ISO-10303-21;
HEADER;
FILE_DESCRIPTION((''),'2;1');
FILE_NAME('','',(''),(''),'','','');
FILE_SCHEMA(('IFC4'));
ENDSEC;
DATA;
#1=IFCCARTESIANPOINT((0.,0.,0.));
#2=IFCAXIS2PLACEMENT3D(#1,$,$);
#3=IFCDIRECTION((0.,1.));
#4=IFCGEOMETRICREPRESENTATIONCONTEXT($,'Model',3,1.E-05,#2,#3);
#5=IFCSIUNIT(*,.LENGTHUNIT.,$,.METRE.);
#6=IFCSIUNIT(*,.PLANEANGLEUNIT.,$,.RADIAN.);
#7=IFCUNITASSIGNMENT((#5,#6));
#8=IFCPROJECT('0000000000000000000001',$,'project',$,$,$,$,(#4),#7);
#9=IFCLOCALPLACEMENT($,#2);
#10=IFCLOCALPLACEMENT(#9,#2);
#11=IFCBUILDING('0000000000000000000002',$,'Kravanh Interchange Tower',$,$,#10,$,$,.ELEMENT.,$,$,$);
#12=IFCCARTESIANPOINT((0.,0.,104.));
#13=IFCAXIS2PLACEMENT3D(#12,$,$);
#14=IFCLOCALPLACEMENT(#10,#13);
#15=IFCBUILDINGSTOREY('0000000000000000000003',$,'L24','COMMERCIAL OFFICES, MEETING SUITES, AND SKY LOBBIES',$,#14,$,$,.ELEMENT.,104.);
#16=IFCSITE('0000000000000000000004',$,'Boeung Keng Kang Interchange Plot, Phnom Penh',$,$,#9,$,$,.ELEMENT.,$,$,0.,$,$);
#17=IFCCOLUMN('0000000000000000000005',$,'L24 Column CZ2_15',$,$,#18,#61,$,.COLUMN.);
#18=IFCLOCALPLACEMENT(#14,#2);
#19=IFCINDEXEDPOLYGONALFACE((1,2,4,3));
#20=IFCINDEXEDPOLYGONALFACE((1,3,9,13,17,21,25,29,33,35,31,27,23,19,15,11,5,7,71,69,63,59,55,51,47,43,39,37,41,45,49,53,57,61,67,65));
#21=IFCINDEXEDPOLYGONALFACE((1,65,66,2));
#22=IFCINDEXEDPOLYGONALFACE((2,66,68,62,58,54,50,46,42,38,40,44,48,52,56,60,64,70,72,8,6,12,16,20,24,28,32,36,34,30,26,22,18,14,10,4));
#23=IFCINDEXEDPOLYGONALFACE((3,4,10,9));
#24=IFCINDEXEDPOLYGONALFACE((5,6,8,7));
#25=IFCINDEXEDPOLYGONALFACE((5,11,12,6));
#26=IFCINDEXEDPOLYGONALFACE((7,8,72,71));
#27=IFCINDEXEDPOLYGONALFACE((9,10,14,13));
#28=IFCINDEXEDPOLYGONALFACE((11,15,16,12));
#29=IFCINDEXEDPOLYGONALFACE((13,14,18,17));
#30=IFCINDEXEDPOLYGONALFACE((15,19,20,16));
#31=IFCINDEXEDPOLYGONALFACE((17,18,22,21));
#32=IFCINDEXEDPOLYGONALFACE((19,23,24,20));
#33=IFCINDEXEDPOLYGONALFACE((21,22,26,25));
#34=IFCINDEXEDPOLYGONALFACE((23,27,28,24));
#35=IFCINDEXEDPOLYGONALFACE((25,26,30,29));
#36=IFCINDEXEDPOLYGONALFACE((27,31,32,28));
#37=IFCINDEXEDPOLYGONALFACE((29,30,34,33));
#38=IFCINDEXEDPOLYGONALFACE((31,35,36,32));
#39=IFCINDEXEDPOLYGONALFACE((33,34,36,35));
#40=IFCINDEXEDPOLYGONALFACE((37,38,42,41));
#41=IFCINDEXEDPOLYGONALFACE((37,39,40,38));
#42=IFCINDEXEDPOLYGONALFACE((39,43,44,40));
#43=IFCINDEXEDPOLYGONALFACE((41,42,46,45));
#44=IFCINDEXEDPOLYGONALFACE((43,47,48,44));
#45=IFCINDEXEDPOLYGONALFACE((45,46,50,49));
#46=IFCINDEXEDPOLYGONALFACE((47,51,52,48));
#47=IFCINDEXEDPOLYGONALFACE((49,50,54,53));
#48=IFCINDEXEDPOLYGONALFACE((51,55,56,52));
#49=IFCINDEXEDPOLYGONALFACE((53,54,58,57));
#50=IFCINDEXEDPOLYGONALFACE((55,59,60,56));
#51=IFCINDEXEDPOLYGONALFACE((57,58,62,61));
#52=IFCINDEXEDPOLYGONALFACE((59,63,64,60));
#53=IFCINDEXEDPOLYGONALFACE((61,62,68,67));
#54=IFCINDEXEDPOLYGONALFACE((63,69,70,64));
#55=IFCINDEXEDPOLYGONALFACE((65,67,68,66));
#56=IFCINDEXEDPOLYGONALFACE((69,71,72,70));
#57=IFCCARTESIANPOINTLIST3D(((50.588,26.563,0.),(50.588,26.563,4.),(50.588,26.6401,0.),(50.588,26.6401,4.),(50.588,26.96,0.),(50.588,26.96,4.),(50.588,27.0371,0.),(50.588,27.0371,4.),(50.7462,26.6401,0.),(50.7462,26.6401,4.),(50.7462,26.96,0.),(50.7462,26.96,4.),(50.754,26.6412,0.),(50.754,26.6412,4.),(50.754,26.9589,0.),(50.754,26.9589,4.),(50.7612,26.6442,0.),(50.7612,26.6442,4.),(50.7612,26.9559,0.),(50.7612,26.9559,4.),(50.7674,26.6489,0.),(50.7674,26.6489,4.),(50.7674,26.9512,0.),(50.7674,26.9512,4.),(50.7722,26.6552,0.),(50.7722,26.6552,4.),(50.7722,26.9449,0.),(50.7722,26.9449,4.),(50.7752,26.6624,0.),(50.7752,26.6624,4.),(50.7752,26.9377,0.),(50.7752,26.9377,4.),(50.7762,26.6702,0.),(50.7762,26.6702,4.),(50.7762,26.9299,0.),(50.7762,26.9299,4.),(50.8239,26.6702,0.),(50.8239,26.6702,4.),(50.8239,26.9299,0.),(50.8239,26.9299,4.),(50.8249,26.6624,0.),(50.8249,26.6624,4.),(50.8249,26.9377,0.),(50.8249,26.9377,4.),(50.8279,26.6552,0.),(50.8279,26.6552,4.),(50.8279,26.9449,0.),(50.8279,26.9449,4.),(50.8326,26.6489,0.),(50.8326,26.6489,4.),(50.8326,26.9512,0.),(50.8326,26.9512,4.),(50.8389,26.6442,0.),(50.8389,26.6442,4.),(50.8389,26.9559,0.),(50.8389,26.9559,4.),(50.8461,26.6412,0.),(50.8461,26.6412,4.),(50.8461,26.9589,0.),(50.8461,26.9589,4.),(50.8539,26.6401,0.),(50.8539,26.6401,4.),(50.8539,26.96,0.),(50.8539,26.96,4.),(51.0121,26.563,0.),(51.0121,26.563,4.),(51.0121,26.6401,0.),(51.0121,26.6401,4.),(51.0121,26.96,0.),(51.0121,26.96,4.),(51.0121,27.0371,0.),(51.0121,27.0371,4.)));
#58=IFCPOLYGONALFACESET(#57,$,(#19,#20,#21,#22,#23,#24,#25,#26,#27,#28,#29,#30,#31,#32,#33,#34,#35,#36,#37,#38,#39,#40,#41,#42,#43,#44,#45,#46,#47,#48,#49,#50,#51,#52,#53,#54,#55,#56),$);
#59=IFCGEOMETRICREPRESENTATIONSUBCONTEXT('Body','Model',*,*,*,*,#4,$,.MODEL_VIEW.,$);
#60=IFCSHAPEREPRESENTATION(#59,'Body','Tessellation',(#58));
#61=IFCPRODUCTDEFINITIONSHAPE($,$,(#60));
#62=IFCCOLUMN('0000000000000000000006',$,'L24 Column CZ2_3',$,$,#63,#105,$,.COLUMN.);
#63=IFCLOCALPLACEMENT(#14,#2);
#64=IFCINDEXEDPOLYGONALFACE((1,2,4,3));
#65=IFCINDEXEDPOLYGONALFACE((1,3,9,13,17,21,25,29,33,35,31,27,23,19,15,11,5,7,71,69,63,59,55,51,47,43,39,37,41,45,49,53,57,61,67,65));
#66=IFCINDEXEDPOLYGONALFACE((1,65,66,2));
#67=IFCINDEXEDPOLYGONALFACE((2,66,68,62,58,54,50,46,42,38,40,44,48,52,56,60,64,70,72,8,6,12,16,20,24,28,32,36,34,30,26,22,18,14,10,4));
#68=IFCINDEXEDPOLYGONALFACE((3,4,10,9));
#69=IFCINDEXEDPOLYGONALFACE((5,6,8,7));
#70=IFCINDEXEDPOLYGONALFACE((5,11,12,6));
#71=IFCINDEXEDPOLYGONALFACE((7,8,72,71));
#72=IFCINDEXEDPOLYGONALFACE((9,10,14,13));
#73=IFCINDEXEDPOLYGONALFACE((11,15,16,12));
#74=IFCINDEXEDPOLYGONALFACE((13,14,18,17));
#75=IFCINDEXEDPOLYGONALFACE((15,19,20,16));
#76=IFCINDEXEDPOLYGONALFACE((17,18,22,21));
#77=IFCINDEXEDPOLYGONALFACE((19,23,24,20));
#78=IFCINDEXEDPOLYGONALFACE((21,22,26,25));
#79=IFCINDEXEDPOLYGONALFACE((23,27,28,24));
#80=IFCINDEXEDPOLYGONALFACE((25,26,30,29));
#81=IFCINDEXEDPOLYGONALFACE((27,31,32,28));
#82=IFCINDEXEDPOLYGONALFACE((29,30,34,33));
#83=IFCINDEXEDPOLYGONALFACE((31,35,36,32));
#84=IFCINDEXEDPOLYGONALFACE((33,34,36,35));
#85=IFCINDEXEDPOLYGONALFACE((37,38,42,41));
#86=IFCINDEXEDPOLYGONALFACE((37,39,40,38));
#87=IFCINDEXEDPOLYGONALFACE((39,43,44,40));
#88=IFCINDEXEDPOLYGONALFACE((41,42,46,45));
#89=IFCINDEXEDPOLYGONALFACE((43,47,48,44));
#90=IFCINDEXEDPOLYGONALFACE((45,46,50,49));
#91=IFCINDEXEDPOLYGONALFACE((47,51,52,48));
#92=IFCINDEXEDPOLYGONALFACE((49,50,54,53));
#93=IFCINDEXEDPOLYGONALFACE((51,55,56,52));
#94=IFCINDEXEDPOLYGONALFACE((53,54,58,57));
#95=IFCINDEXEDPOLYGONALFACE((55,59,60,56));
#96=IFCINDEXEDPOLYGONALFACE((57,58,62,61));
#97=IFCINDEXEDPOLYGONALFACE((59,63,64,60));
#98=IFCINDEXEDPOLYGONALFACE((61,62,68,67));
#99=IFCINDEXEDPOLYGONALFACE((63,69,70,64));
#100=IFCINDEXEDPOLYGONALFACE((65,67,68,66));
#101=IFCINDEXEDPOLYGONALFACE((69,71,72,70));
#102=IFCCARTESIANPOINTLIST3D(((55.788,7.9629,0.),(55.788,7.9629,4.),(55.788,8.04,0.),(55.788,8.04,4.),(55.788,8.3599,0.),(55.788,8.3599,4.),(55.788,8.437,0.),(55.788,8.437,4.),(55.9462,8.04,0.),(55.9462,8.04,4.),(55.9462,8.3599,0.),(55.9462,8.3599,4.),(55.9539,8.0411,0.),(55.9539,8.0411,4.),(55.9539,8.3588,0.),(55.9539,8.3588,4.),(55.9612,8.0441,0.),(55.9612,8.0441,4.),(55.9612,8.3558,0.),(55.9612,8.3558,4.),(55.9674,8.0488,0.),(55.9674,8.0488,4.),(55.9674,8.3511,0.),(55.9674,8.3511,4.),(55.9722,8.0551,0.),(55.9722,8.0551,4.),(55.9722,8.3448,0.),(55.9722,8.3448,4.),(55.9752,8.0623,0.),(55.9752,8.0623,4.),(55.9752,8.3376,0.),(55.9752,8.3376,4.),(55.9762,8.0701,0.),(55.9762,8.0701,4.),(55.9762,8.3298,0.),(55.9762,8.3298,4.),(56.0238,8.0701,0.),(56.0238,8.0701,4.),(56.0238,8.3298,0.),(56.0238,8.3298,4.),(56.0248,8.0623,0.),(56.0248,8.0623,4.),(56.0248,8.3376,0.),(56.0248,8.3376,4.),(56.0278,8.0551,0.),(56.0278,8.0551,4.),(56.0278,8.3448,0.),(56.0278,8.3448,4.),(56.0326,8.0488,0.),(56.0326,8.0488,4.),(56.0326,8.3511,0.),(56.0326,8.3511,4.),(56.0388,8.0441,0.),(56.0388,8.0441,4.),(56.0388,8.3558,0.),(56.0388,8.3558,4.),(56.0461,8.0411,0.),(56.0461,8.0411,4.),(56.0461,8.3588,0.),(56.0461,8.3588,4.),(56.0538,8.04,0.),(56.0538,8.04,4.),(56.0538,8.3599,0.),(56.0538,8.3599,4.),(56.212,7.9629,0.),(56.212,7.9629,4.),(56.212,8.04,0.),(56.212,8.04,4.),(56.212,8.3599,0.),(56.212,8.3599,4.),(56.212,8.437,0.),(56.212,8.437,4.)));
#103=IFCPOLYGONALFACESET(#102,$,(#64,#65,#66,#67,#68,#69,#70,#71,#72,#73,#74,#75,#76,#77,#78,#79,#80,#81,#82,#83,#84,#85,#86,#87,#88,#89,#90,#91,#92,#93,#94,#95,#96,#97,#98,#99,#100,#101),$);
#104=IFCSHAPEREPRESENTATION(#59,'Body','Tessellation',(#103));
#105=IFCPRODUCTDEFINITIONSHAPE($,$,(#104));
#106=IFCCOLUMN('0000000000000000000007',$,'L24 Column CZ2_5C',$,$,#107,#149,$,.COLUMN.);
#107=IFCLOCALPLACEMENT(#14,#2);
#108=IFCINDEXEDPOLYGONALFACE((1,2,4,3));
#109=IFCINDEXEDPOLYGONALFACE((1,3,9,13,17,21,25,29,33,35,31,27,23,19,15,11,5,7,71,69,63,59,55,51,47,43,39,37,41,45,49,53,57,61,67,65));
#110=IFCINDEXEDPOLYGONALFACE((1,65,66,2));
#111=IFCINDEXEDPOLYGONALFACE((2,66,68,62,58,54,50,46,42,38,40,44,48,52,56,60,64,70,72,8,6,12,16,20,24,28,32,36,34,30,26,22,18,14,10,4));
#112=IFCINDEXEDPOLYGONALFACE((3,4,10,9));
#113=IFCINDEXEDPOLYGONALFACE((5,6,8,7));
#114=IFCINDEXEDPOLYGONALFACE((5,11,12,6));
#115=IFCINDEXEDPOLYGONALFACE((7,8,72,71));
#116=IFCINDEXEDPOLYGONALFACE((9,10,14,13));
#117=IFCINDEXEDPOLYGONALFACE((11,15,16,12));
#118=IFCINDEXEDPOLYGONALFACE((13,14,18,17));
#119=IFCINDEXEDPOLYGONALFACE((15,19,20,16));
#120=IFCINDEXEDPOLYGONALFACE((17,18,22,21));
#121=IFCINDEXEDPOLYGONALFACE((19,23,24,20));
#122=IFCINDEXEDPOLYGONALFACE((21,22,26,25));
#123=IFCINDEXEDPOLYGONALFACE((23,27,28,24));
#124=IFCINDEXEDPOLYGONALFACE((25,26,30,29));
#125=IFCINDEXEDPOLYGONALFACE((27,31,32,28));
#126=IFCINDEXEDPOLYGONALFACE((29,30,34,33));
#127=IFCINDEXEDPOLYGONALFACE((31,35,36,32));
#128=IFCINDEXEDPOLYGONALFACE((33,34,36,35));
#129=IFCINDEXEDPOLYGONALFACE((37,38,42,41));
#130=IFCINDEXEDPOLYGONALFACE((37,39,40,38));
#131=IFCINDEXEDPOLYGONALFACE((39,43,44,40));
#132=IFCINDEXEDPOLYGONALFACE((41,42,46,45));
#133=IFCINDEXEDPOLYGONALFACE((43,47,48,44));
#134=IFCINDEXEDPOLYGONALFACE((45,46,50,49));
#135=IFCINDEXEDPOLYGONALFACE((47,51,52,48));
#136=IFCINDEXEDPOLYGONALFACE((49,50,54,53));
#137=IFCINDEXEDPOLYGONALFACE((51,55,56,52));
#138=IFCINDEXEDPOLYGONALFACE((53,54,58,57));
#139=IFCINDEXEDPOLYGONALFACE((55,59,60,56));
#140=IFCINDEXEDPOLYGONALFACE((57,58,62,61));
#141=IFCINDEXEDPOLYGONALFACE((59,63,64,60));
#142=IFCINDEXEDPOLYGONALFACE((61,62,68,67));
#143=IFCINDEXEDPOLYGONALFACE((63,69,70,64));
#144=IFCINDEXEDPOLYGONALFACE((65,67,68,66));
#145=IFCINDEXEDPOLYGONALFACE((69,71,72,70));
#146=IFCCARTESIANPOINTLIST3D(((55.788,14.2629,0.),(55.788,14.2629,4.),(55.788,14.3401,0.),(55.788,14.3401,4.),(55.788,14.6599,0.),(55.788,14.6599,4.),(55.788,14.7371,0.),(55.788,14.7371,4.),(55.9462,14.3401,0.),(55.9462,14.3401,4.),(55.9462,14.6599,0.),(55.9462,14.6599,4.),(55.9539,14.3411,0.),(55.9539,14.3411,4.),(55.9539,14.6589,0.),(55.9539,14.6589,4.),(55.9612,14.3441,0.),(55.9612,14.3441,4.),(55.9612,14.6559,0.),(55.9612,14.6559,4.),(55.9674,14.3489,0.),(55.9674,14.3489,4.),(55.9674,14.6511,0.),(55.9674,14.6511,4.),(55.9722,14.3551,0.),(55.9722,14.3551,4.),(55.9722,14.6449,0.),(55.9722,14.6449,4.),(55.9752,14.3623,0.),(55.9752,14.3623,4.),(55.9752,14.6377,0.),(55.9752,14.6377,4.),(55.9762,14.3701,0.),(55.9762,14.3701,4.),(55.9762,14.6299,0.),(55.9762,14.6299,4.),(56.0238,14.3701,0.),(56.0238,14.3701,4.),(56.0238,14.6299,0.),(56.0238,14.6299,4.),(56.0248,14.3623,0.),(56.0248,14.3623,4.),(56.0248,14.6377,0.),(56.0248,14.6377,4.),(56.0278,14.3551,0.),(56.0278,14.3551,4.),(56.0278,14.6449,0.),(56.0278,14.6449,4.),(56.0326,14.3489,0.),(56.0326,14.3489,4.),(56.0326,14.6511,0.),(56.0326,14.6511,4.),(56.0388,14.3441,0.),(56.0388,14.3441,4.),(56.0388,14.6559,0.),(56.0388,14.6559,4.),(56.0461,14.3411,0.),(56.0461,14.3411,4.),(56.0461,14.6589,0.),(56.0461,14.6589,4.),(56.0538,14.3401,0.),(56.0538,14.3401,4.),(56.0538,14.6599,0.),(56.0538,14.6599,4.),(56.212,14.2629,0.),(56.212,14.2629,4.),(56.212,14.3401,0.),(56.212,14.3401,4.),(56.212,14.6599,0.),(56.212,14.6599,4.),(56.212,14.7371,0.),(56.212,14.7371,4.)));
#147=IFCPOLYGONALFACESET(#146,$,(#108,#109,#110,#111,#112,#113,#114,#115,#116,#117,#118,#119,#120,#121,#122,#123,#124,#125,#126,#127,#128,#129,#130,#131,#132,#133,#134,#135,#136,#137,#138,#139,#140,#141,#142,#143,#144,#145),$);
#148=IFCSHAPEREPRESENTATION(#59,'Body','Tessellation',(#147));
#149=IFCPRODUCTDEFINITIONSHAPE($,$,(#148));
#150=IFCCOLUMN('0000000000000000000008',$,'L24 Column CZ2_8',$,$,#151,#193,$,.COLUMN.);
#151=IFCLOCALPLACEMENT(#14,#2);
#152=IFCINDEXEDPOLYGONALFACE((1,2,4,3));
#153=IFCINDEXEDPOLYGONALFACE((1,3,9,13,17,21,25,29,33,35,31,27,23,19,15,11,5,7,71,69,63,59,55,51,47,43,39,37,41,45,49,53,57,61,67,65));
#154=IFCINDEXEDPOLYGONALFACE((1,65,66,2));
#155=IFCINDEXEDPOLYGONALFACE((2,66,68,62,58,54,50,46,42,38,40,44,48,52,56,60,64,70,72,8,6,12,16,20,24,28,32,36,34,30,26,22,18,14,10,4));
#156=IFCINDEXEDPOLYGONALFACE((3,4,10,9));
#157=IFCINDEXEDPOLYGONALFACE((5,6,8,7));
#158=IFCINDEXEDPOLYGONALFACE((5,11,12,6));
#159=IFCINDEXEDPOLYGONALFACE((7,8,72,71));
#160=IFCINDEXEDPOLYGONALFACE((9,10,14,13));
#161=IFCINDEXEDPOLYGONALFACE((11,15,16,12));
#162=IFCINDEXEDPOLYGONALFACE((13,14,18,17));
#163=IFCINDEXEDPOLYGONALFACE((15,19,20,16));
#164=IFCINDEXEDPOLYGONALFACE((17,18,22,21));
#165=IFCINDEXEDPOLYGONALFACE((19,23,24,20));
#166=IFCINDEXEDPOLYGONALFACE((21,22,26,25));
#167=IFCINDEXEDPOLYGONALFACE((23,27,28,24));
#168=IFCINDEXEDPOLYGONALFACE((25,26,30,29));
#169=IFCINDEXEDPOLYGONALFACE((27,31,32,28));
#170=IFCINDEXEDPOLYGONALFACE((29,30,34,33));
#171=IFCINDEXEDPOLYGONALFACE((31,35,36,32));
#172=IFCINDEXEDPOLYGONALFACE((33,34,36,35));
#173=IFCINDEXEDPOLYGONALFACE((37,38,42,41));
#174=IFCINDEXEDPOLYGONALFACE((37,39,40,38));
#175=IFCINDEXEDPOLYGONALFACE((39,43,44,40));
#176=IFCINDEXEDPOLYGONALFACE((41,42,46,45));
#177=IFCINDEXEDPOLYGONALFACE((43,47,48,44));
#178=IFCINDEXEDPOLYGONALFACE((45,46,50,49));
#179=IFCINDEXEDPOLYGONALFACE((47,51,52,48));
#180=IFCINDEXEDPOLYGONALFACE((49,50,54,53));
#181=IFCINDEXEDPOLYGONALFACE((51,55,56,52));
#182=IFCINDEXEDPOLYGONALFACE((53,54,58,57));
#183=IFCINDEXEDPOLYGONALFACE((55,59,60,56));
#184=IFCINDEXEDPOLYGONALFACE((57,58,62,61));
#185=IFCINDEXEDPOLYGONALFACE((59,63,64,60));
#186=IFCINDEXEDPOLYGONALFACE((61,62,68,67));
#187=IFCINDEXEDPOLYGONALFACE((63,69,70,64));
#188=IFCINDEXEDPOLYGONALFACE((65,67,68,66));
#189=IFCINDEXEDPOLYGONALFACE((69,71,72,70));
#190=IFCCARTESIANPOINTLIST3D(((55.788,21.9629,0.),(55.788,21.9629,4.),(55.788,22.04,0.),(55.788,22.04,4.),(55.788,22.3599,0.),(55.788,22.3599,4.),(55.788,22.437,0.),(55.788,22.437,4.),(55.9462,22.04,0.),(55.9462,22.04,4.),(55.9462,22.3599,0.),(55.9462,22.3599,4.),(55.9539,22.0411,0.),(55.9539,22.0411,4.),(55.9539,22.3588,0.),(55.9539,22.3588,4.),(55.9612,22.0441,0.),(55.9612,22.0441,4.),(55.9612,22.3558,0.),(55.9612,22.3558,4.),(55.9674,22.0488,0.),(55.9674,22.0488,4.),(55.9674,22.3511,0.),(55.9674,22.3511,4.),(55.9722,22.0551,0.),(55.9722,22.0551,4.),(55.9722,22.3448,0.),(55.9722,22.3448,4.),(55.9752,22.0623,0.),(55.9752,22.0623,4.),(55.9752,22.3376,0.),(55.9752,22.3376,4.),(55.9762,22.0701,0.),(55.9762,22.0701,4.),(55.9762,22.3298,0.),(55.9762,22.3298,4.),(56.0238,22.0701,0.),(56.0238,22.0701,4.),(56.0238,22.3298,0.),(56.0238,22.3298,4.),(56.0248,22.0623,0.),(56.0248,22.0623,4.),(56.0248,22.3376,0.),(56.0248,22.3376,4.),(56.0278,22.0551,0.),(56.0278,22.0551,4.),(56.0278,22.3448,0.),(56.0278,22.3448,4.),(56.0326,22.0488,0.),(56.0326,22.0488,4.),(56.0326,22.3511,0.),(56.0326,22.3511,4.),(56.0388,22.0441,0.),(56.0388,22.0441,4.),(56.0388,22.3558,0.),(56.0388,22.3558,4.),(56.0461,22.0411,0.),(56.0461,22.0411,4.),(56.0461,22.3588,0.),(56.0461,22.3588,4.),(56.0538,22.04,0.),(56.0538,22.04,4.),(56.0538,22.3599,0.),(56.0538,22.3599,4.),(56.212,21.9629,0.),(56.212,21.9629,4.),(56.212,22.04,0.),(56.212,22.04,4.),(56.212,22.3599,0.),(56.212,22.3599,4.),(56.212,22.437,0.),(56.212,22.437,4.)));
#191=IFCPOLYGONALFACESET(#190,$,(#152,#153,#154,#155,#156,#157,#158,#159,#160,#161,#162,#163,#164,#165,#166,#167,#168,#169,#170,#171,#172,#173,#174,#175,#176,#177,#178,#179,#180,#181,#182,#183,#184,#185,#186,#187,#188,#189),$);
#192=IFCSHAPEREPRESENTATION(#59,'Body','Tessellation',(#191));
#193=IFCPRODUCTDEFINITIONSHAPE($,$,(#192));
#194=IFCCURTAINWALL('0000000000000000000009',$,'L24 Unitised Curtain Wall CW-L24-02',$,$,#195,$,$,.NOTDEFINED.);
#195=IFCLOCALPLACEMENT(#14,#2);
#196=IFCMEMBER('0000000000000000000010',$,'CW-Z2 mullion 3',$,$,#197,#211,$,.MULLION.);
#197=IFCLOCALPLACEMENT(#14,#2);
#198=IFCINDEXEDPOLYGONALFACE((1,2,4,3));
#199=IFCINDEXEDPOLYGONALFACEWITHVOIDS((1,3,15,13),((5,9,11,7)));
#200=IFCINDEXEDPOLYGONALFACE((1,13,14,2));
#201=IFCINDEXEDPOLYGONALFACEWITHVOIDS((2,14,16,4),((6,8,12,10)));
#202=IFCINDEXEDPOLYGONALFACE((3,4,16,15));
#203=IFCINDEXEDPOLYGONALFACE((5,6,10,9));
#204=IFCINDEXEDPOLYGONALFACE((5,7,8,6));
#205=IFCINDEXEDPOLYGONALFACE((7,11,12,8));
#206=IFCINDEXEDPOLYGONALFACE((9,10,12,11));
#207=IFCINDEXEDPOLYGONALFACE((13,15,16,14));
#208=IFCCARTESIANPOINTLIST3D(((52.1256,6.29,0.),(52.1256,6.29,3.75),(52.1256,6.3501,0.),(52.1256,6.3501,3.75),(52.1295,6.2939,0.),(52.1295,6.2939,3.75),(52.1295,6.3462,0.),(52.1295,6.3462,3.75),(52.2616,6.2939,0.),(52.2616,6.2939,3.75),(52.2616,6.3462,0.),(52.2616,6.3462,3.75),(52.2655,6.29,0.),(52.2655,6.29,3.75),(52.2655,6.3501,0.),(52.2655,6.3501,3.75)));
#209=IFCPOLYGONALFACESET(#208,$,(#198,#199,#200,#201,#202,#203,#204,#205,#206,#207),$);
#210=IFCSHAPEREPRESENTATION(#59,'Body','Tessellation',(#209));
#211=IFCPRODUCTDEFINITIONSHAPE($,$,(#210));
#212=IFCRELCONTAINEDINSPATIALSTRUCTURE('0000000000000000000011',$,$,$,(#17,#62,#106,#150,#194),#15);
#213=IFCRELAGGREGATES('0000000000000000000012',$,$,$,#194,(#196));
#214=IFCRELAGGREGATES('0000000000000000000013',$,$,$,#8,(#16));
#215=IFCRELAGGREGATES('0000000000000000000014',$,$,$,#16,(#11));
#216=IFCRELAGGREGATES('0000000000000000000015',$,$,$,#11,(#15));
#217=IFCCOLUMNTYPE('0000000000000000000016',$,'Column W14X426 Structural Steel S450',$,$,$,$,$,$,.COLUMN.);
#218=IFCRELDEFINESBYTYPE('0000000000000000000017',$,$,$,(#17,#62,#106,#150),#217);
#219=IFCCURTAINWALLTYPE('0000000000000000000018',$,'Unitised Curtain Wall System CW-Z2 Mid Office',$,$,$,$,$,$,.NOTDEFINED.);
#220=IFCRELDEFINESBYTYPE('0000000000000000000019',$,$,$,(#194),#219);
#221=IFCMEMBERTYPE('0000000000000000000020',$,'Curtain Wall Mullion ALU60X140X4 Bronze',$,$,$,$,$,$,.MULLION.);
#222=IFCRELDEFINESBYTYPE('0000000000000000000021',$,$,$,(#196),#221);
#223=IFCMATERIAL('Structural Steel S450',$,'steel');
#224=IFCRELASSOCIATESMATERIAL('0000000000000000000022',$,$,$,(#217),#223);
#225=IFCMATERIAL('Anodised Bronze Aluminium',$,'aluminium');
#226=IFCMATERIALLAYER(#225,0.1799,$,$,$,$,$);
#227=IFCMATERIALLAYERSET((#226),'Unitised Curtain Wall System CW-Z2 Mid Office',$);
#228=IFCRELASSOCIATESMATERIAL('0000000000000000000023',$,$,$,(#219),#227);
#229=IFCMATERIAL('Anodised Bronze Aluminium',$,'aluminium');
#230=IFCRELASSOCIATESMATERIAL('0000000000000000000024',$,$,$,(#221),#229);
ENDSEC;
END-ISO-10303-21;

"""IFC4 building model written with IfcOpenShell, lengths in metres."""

from ifc_helpers import new_model, si_unit, direction, frame, origin, origin_2d, place, context, subcontext, project, spatial, hollow_rectangle, i_section, extrude, material, layer, layer_set, material_profile, profile_set, type_object, element, aggregate, save


model = new_model("IFC4")

# Units and contexts
model_context = context("Model", 3, precision=1e-05, world=origin(), true_north=direction((0.0, 1.0)))
body_context = subcontext(model_context, "Body", "Model", "MODEL_VIEW")
ifc_project = project(units=[si_unit("LENGTHUNIT", "METRE"), si_unit("PLANEANGLEUNIT", "RADIAN")], contexts=[model_context])

# Site, building, storey
site_placement = place(None, origin())
site = spatial("IfcSite", under=ifc_project, at=site_placement, Name="Boeung Keng Kang Interchange Plot, Phnom Penh", CompositionType="ELEMENT", RefElevation=0.0)
building_placement = place(site_placement, origin())
building = spatial("IfcBuilding", under=site, at=building_placement, Name="Kravanh Interchange Tower", CompositionType="ELEMENT")
storey_placement = place(building_placement, frame((0.0, 0.0, 104.0)))
storey = spatial("IfcBuildingStorey", under=building, at=storey_placement, Name="L24", Description="COMMERCIAL OFFICES, MEETING SUITES, AND SKY LOBBIES", CompositionType="ELEMENT", Elevation=104.0)

# Columns
ifc_material_1 = material(Name="Structural Steel S450", Category="steel")
ifc_material_profile_1 = material_profile(ifc_material_1, i_section(OverallWidth=0.4241, OverallDepth=0.4741, WebThickness=0.0476, FlangeThickness=0.0771, FilletRadius=0.03, at=origin_2d()), Name="W14X426")
ifc_profile_set_1 = profile_set([ifc_material_profile_1], Name="Structural Steel S450")
column_type = type_object("IfcColumnType", Name="Column W14X426 Structural Steel S450", PredefinedType="COLUMN", material=ifc_profile_set_1)
for number, where, z_axis, x_axis, name in (
    (1, (50.8, 26.8, 0.0), (0.0, 0.0, 1.0), (1.0, 0.0, 0.0), "L24 Column CZ2_15"),
    (2, (56.0, 8.2, 0.0), (0.0, 0.0, 1.0), (1.0, 0.0, 0.0), "L24 Column CZ2_3"),
    (3, (56.0, 14.5, 0.0), (0.0, 0.0, 1.0), (1.0, 0.0, 0.0), "L24 Column CZ2_5C"),
    (4, (56.0, 22.2, 0.0), (0.0, 0.0, 1.0), (1.0, 0.0, 0.0), "L24 Column CZ2_8"),
):
    element("IfcColumn", number, at=place(storey_placement, frame(where, z_axis=z_axis, x_axis=x_axis)), inside=storey, type_object=column_type, Name=name, PredefinedType="COLUMN", context=body_context, shape_type="SweptSolid", body=[
        extrude(i_section(OverallWidth=0.4241, OverallDepth=0.4741, WebThickness=0.0476, FlangeThickness=0.0771, FilletRadius=0.03, at=origin_2d()), origin(), (0.0, 0.0, 1.0), 4.0),
    ])

# Curtain wall, member
ifc_material_2 = material(Name="Anodised Bronze Aluminium", Category="aluminium")
ifc_layer_1 = layer(ifc_material_2, 0.1799)
ifc_layer_set_1 = layer_set([ifc_layer_1], Name="Unitised Curtain Wall System CW-Z2 Mid Office")
curtain_wall_type = type_object("IfcCurtainWallType", Name="Unitised Curtain Wall System CW-Z2 Mid Office", PredefinedType="NOTDEFINED", material=ifc_layer_set_1)
curtain_wall_1_placement = place(storey_placement, origin())
curtain_wall_1 = element("IfcCurtainWall", 5, at=curtain_wall_1_placement, inside=storey, type_object=curtain_wall_type, Name="L24 Unitised Curtain Wall CW-L24-02", PredefinedType="NOTDEFINED")
ifc_material_3 = material(Name="Anodised Bronze Aluminium", Category="aluminium")
ifc_material_profile_2 = material_profile(ifc_material_3, hollow_rectangle(XDim=0.0601, YDim=0.1399, WallThickness=0.0039, at=origin_2d()), Name="ALU60X140X4")
ifc_profile_set_2 = profile_set([ifc_material_profile_2], Name="Anodised Bronze Aluminium")
member_type_1 = type_object("IfcMemberType", Name="Curtain Wall Mullion ALU60X140X4 Bronze", PredefinedType="MULLION", material=ifc_profile_set_2)
member_1_placement = place(storey_placement, frame((52.1956, 6.3201, 0.0), z_axis=(0.0, 0.0, 1.0), x_axis=(0.0, -1.0, 0.0)))
member_1 = element("IfcMember", 6, at=member_1_placement, type_object=member_type_1, Name="CW-Z2 mullion 3", PredefinedType="MULLION", context=body_context, shape_type="SweptSolid", body=[
    extrude(hollow_rectangle(XDim=0.0601, YDim=0.1399, WallThickness=0.0039, at=origin_2d()), origin(), (0.0, 0.0, 1.0), 3.75),
])

aggregate(curtain_wall_1, [member_1])

save(model, "model.ifc")
